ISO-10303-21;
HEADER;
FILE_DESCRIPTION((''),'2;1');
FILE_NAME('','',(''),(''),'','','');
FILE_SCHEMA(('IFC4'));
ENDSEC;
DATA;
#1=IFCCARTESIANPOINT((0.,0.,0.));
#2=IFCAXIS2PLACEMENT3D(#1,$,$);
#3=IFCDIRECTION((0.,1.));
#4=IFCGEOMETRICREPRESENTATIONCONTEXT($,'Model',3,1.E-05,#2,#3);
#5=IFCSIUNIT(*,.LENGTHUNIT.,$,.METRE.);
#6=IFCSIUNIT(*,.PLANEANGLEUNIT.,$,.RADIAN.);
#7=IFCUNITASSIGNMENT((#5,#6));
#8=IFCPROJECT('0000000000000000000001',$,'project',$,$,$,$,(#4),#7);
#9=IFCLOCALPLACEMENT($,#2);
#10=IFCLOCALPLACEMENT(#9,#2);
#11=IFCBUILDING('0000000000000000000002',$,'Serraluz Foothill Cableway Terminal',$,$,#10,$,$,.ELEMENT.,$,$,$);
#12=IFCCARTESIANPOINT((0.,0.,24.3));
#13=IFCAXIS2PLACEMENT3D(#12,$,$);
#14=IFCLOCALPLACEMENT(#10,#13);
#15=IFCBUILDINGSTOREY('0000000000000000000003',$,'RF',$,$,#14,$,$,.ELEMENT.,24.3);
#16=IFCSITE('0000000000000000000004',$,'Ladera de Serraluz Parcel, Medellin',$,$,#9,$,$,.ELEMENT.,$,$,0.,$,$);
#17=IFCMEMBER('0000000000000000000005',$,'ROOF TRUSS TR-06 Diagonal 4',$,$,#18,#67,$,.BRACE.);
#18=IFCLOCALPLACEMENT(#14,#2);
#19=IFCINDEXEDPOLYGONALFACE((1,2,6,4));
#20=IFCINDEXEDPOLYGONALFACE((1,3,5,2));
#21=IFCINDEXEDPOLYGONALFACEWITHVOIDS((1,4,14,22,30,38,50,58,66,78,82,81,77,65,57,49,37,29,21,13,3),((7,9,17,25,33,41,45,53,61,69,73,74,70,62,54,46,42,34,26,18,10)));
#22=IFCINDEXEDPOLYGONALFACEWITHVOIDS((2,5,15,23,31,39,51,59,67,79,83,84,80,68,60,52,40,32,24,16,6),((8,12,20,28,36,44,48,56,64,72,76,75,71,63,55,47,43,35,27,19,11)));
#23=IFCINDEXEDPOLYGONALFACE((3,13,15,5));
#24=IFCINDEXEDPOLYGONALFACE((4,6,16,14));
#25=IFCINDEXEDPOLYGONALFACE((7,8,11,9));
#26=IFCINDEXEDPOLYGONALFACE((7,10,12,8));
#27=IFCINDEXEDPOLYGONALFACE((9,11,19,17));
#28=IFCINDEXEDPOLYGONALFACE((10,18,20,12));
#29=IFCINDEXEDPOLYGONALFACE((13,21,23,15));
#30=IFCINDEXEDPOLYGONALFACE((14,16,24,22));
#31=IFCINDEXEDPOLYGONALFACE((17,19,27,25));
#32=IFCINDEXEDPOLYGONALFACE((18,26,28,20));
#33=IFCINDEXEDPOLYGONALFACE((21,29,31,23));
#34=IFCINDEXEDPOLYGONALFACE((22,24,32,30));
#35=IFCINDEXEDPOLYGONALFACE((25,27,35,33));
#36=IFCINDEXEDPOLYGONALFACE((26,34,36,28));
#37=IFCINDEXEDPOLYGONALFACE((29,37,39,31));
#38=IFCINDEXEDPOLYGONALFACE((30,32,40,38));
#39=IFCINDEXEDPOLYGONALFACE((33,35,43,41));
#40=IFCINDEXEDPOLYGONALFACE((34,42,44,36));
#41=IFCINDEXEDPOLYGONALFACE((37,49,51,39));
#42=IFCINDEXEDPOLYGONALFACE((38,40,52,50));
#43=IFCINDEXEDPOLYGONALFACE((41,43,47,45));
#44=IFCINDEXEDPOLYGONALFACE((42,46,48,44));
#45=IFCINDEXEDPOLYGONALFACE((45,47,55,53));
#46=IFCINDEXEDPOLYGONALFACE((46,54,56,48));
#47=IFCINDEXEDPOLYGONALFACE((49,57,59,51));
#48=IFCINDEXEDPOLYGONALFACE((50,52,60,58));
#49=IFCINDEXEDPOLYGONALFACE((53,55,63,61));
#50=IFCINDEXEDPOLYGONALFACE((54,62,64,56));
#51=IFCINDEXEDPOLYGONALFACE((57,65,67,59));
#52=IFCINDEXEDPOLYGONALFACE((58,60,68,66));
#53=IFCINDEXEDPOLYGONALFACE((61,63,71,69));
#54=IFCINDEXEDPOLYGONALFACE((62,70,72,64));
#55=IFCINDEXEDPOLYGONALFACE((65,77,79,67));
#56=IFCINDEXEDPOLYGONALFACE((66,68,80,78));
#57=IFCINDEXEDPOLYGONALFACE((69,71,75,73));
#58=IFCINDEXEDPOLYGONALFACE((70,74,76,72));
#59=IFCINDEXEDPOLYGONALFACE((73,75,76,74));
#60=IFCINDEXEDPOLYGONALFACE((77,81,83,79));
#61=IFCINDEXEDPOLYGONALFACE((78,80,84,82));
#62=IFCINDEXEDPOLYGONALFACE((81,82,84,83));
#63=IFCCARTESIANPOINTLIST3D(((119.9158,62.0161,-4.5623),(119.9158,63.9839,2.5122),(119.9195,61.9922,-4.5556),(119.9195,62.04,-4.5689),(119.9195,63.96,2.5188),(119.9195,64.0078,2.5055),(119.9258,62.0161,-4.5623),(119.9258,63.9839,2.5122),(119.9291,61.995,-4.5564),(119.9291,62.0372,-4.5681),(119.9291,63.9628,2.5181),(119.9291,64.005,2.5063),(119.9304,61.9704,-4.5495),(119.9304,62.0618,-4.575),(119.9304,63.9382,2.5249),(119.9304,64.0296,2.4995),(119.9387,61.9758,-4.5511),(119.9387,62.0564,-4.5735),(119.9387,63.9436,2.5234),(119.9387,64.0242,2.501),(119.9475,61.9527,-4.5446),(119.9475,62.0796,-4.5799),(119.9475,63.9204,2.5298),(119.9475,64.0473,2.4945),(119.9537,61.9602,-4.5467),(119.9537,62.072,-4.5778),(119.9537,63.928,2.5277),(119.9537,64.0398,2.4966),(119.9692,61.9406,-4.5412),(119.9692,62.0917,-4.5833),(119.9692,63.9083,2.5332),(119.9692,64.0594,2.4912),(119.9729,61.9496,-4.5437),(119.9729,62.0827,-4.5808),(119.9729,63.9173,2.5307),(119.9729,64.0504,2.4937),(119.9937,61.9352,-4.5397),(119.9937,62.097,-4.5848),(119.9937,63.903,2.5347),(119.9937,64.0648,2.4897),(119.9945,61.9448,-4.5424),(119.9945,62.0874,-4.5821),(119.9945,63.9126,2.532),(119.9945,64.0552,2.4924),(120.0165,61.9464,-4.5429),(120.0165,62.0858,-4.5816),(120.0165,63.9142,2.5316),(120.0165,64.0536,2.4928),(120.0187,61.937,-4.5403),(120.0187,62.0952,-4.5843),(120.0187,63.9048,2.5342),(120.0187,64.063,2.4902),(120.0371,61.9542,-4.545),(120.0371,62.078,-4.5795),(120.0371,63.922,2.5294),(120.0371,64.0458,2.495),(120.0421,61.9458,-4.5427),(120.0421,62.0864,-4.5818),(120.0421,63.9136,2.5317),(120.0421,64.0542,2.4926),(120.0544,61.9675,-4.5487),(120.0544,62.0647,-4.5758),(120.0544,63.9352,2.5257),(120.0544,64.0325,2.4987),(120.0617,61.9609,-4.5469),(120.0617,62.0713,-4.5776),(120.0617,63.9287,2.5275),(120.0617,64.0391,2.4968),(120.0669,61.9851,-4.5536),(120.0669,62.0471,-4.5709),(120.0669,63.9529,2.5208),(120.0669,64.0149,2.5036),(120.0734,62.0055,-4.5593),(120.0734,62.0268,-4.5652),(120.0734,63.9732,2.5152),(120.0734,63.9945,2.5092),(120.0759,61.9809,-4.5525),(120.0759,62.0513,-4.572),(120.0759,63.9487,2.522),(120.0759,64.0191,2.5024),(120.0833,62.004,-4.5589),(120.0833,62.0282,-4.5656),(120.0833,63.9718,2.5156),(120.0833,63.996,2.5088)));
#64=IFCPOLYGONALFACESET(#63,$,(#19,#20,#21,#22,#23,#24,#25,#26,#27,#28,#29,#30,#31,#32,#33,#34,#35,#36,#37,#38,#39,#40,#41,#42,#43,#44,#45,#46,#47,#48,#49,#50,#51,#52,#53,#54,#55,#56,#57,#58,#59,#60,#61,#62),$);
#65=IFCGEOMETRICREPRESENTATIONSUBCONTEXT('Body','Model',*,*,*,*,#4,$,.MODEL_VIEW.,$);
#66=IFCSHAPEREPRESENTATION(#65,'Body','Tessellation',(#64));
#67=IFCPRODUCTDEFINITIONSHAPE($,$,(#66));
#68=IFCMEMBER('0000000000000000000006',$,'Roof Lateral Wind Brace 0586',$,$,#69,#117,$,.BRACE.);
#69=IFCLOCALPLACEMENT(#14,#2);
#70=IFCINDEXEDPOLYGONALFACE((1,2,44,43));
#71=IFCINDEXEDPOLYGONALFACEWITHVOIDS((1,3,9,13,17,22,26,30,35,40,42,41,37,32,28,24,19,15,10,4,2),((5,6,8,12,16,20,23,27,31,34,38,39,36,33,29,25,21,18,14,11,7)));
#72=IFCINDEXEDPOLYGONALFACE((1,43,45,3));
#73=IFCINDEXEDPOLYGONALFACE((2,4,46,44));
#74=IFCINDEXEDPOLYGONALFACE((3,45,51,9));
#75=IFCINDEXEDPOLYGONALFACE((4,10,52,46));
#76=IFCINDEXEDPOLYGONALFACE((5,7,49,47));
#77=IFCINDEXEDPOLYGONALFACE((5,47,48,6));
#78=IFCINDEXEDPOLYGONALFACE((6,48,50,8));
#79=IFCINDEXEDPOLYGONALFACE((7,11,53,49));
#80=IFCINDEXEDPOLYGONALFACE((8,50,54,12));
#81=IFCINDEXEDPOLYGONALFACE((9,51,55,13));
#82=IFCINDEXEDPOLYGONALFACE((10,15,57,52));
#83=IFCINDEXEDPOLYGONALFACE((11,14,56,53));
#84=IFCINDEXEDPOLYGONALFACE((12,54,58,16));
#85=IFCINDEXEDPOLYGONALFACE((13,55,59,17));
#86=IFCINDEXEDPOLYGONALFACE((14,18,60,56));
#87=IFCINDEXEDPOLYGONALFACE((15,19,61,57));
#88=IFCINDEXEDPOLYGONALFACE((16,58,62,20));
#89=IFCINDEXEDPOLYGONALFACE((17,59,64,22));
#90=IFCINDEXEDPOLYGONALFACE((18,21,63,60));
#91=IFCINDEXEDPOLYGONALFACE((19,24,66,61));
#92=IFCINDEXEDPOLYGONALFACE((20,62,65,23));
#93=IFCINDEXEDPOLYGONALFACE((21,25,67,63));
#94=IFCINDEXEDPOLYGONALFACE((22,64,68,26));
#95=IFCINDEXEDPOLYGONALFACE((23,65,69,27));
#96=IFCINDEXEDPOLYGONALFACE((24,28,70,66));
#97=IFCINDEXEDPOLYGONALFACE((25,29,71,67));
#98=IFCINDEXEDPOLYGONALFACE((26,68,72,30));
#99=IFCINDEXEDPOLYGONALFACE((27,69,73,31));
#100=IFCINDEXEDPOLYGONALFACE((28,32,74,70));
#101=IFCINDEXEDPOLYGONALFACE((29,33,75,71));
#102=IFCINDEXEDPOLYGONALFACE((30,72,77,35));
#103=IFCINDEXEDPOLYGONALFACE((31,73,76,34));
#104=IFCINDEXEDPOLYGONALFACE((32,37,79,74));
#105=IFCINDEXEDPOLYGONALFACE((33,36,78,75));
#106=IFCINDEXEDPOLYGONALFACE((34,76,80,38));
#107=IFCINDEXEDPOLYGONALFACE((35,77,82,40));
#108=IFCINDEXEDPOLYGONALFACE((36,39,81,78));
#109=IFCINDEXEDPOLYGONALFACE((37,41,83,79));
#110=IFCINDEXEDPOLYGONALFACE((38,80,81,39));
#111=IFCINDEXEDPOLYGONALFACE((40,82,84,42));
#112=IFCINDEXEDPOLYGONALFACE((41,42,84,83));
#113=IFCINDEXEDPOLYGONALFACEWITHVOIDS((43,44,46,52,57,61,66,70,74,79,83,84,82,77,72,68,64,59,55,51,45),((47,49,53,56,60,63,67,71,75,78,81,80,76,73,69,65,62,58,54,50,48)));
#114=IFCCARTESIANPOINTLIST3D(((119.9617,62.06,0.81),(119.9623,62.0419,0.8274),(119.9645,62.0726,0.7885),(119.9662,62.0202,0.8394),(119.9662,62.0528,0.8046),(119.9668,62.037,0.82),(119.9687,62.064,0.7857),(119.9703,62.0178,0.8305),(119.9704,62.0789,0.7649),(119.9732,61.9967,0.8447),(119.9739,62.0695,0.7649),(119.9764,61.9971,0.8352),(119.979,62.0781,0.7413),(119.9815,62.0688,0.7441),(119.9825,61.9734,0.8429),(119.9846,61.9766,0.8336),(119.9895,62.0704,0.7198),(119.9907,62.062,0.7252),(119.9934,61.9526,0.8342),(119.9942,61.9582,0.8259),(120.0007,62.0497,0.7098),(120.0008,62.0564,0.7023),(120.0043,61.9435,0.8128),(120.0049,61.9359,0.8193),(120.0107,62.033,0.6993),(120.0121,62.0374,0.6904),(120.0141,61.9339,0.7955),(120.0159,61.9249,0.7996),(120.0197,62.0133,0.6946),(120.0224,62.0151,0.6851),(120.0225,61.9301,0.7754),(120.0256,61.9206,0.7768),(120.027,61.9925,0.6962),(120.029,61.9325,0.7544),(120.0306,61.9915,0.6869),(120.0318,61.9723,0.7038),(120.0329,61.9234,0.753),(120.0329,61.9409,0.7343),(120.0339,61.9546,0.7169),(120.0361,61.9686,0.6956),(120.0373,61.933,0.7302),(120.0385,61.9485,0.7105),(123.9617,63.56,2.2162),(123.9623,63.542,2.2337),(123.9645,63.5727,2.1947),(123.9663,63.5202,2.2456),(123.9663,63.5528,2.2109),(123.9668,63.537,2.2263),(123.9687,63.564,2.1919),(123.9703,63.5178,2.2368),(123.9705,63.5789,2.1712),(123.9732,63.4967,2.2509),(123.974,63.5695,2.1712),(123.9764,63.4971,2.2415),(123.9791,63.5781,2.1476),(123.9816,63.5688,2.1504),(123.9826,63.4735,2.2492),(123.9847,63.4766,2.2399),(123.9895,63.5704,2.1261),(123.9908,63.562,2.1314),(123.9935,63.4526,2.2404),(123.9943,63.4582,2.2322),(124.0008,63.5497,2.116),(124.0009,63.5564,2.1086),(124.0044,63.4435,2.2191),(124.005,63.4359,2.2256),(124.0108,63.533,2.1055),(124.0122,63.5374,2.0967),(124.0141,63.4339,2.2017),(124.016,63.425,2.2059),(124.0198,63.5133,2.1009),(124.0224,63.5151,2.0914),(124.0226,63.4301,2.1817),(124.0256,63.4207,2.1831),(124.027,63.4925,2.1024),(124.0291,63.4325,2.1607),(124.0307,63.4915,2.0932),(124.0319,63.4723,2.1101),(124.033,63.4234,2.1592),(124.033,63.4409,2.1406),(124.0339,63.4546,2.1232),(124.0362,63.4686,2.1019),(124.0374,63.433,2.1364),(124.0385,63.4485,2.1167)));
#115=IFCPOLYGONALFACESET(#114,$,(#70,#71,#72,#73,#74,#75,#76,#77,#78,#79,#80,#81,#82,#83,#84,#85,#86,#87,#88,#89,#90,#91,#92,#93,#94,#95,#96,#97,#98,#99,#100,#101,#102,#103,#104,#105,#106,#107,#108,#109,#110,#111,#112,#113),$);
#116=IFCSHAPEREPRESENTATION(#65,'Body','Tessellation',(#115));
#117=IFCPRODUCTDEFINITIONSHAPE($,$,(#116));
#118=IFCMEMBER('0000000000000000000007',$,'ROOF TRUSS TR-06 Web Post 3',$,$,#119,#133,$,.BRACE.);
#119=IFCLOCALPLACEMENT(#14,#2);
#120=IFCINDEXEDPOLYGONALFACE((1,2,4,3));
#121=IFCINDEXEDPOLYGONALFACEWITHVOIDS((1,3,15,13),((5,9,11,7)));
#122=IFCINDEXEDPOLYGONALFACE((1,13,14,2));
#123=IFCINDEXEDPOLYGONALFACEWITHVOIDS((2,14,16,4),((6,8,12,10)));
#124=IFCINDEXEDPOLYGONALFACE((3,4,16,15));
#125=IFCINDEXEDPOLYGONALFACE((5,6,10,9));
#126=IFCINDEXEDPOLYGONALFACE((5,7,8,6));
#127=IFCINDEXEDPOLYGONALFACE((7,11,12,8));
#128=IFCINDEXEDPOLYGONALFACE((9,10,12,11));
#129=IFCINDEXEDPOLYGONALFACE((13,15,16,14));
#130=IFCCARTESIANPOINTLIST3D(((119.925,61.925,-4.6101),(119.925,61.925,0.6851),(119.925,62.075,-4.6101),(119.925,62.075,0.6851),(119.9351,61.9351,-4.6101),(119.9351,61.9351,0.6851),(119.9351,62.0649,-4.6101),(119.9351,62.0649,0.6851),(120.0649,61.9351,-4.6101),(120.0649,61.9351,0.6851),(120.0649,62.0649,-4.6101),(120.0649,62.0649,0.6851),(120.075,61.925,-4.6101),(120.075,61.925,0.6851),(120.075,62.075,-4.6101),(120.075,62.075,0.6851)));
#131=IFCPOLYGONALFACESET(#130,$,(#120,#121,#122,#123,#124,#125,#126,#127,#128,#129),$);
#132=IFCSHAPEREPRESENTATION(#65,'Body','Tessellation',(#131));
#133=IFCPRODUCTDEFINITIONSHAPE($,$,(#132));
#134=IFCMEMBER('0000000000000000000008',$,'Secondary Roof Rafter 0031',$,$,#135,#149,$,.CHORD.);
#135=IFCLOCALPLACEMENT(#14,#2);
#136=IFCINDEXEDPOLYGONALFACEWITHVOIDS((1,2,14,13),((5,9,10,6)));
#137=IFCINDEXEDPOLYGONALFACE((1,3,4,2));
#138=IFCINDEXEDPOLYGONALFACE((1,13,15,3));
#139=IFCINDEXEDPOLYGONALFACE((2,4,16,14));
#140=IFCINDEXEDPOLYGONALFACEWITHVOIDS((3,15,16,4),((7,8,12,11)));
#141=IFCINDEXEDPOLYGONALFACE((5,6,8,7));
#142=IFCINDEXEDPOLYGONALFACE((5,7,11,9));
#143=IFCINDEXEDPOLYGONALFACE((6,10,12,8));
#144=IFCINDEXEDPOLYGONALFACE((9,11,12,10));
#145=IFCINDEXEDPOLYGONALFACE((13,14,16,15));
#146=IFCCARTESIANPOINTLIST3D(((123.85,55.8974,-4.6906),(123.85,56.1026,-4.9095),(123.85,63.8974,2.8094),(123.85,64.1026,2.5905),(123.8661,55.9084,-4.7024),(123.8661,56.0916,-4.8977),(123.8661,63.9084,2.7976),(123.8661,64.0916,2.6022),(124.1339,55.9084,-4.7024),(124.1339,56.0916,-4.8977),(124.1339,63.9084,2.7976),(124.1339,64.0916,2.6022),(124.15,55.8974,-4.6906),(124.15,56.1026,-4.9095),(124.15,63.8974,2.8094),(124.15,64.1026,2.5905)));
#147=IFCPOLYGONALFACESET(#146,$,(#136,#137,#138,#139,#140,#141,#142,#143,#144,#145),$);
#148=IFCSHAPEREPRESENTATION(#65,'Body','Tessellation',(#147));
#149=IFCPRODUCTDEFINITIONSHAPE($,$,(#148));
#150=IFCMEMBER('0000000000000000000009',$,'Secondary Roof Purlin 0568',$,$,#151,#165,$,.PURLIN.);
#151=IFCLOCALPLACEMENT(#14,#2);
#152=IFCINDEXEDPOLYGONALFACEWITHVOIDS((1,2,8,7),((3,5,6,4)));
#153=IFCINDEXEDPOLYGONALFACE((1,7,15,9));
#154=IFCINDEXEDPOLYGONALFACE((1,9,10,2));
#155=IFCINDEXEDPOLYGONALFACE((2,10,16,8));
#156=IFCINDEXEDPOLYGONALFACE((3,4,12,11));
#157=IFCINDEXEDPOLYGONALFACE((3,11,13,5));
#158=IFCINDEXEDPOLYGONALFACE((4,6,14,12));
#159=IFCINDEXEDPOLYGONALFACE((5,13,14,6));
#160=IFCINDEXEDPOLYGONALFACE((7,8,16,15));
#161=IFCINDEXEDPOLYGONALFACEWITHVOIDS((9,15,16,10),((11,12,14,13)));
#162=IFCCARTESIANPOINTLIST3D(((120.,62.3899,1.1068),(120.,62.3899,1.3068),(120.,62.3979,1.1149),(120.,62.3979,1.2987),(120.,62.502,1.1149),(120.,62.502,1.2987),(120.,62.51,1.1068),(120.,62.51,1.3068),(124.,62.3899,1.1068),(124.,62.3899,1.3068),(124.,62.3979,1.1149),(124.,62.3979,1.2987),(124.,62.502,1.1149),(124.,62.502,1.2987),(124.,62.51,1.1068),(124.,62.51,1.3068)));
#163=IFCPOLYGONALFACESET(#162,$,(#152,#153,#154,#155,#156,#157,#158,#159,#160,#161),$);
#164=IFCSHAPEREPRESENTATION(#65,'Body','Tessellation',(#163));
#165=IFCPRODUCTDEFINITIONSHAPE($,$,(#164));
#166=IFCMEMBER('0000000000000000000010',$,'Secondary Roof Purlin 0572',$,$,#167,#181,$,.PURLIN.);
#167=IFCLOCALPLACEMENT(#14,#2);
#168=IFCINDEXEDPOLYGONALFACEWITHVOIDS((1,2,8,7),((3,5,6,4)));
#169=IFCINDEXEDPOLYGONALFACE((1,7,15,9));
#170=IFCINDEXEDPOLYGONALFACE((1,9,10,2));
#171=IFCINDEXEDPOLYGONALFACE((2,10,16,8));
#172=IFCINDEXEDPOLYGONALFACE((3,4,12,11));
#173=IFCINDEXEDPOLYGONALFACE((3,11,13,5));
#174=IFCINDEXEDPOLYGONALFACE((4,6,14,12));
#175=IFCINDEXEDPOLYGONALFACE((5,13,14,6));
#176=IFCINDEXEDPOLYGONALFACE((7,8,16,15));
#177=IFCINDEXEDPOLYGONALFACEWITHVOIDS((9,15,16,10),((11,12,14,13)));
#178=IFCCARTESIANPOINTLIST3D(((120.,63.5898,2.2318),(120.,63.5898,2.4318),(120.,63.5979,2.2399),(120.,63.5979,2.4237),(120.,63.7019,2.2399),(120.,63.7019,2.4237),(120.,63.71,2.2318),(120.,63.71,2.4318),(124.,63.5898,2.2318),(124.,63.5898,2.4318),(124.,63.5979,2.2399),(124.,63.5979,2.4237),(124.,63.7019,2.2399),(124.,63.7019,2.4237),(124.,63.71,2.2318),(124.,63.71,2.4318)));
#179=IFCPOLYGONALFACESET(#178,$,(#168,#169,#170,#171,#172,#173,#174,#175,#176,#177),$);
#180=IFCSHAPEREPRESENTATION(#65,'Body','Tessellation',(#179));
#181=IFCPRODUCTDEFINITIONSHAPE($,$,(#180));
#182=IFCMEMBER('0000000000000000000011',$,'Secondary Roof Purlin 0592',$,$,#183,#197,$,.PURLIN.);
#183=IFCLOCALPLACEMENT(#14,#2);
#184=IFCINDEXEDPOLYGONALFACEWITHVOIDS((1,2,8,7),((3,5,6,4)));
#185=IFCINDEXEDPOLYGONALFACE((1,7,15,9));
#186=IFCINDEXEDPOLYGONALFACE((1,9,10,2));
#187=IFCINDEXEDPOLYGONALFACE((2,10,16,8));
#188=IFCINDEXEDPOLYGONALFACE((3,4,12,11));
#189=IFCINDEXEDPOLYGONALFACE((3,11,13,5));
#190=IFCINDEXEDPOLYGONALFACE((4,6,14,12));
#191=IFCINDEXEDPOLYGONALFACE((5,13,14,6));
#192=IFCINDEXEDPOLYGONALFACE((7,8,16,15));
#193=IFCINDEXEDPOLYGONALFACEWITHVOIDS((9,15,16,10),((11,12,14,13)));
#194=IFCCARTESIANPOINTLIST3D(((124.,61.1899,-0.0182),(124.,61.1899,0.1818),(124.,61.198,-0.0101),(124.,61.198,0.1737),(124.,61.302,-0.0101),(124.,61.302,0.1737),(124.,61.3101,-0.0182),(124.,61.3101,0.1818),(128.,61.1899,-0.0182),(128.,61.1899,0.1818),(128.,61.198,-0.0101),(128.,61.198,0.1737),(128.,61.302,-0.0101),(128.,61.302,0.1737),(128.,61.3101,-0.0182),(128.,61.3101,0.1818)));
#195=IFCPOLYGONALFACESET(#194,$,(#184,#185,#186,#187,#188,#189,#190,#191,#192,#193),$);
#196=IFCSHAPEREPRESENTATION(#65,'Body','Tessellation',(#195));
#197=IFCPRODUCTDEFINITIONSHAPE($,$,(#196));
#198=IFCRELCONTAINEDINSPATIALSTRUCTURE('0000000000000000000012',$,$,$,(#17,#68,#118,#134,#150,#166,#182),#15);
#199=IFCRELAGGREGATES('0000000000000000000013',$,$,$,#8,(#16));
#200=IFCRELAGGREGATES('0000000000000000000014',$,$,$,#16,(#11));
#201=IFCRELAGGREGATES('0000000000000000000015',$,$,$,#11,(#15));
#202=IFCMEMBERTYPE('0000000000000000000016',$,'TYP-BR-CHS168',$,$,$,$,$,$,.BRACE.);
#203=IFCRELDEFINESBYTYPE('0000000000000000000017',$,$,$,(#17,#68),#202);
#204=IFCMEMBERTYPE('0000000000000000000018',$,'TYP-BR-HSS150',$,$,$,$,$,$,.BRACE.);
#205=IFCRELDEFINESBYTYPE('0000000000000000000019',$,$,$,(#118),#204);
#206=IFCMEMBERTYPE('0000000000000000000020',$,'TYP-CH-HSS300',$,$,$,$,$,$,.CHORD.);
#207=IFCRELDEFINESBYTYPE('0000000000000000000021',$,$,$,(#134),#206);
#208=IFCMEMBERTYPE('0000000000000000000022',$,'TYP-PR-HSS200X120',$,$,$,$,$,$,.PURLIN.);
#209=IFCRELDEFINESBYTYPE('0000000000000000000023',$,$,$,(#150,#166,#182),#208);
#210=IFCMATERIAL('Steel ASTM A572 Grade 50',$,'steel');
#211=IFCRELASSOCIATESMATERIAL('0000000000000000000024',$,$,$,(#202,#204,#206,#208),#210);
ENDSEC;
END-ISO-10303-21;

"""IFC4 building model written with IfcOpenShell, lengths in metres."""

from ifc_helpers import new_model, si_unit, direction, frame, origin, origin_2d, place, context, subcontext, project, spatial, hollow_rectangle, hollow_circle, extrude, material, material_profile, profile_set, type_object, element, save


model = new_model("IFC4")

# Units and contexts
model_context = context("Model", 3, precision=1e-05, world=origin(), true_north=direction((0.0, 1.0)))
body_context = subcontext(model_context, "Body", "Model", "MODEL_VIEW")
ifc_project = project(units=[si_unit("LENGTHUNIT", "METRE"), si_unit("PLANEANGLEUNIT", "RADIAN")], contexts=[model_context])

# Site, building, storey
site_placement = place(None, origin())
site = spatial("IfcSite", under=ifc_project, at=site_placement, Name="Ladera de Serraluz Parcel, Medellin", CompositionType="ELEMENT", RefElevation=0.0)
building_placement = place(site_placement, origin())
building = spatial("IfcBuilding", under=site, at=building_placement, Name="Serraluz Foothill Cableway Terminal", CompositionType="ELEMENT")
storey_placement = place(building_placement, frame((0.0, 0.0, 24.3)))
storey = spatial("IfcBuildingStorey", under=building, at=storey_placement, Name="RF", CompositionType="ELEMENT", Elevation=24.3)

# Members
ifc_material_1 = material(Name="Steel ASTM A572 Grade 50", Category="steel")
ifc_material_profile_1 = material_profile(ifc_material_1, hollow_circle(Radius=0.0842, WallThickness=0.01, at=origin_2d()), Name="CHS168X10")
ifc_profile_set_1 = profile_set([ifc_material_profile_1], Name="Steel ASTM A572 Grade 50")
member_type_1 = type_object("IfcMemberType", Name="TYP-BR-CHS168", PredefinedType="BRACE", material=ifc_profile_set_1)
member_1_placement = place(storey_placement, frame((120.0, 62.0161, -4.5623), z_axis=(0.0, 0.267978, 0.963425), x_axis=(-1.0, 0.0, 0.0)))
element("IfcMember", 1, at=member_1_placement, inside=storey, type_object=member_type_1, Name="ROOF TRUSS TR-06 Diagonal 4", PredefinedType="BRACE", context=body_context, shape_type="SweptSolid", body=[
    extrude(hollow_circle(Radius=0.0842, WallThickness=0.01, at=origin_2d()), origin(), (0.0, 0.0, 1.0), 7.343),
])
member_2_placement = place(storey_placement, frame((120.0, 62.0, 0.7649), z_axis=(0.889382, 0.333518, 0.312673), x_axis=(-0.351123, 0.936329, 0.0)))
element("IfcMember", 2, at=member_2_placement, inside=storey, type_object=member_type_1, Name="Roof Lateral Wind Brace 0586", PredefinedType="BRACE", context=body_context, shape_type="SweptSolid", body=[
    extrude(hollow_circle(Radius=0.0842, WallThickness=0.01, at=origin_2d()), origin(), (0.0, 0.0, 1.0), 4.4976),
])
ifc_material_profile_2 = material_profile(ifc_material_1, hollow_rectangle(XDim=0.1499, YDim=0.1499, WallThickness=0.01, at=origin_2d()), Name="HSS150X150X10")
ifc_profile_set_2 = profile_set([ifc_material_profile_2], Name="Steel ASTM A572 Grade 50")
member_type_2 = type_object("IfcMemberType", Name="TYP-BR-HSS150", PredefinedType="BRACE", material=ifc_profile_set_2)
member_3_placement = place(storey_placement, frame((120.0, 62.0, -4.6101), z_axis=(0.0, 0.0, 1.0), x_axis=(1.0, 0.0, 0.0)))
element("IfcMember", 3, at=member_3_placement, inside=storey, type_object=member_type_2, Name="ROOF TRUSS TR-06 Web Post 3", PredefinedType="BRACE", context=body_context, shape_type="SweptSolid", body=[
    extrude(hollow_rectangle(XDim=0.1499, YDim=0.1499, WallThickness=0.01, at=origin_2d()), origin(), (0.0, 0.0, 1.0), 5.2952),
])
ifc_material_profile_3 = material_profile(ifc_material_1, hollow_rectangle(XDim=0.3, YDim=0.3, WallThickness=0.0161, at=origin_2d()), Name="HSS300X300X16")
ifc_profile_set_3 = profile_set([ifc_material_profile_3], Name="Steel ASTM A572 Grade 50")
member_type_3 = type_object("IfcMemberType", Name="TYP-CH-HSS300", PredefinedType="CHORD", material=ifc_profile_set_3)
member_4_placement = place(storey_placement, frame((124.0, 56.0, -4.8), z_axis=(0.0, 0.729537, 0.683941), x_axis=(-1.0, 0.0, 0.0)))
element("IfcMember", 4, at=member_4_placement, inside=storey, type_object=member_type_3, Name="Secondary Roof Rafter 0031", PredefinedType="CHORD", context=body_context, shape_type="SweptSolid", body=[
    extrude(hollow_rectangle(XDim=0.3, YDim=0.3, WallThickness=0.0161, at=origin_2d()), origin(), (0.0, 0.0, 1.0), 10.9658),
])
ifc_material_profile_4 = material_profile(ifc_material_1, hollow_rectangle(XDim=0.1201, YDim=0.2, WallThickness=0.0081, at=origin_2d()), Name="HSS200X120X8")
ifc_profile_set_4 = profile_set([ifc_material_profile_4], Name="Steel ASTM A572 Grade 50")
member_type_4 = type_object("IfcMemberType", Name="TYP-PR-HSS200X120", PredefinedType="PURLIN", material=ifc_profile_set_4)
for number, where, z_axis, x_axis, name in (
    (5, (120.0, 62.45, 1.2068), (1.0, 0.0, 0.0), (0.0, 1.0, 0.0), "Secondary Roof Purlin 0568"),
    (6, (120.0, 63.6499, 2.3318), (1.0, 0.0, 0.0), (0.0, 1.0, 0.0), "Secondary Roof Purlin 0572"),
    (7, (124.0, 61.25, 0.0818), (1.0, 0.0, 0.0), (0.0, 1.0, 0.0), "Secondary Roof Purlin 0592"),
):
    element("IfcMember", number, at=place(storey_placement, frame(where, z_axis=z_axis, x_axis=x_axis)), inside=storey, type_object=member_type_4, Name=name, PredefinedType="PURLIN", context=body_context, shape_type="SweptSolid", body=[
        extrude(hollow_rectangle(XDim=0.1201, YDim=0.2, WallThickness=0.0081, at=origin_2d()), origin(), (0.0, 0.0, 1.0), 4.0),
    ])

save(model, "model.ifc")
